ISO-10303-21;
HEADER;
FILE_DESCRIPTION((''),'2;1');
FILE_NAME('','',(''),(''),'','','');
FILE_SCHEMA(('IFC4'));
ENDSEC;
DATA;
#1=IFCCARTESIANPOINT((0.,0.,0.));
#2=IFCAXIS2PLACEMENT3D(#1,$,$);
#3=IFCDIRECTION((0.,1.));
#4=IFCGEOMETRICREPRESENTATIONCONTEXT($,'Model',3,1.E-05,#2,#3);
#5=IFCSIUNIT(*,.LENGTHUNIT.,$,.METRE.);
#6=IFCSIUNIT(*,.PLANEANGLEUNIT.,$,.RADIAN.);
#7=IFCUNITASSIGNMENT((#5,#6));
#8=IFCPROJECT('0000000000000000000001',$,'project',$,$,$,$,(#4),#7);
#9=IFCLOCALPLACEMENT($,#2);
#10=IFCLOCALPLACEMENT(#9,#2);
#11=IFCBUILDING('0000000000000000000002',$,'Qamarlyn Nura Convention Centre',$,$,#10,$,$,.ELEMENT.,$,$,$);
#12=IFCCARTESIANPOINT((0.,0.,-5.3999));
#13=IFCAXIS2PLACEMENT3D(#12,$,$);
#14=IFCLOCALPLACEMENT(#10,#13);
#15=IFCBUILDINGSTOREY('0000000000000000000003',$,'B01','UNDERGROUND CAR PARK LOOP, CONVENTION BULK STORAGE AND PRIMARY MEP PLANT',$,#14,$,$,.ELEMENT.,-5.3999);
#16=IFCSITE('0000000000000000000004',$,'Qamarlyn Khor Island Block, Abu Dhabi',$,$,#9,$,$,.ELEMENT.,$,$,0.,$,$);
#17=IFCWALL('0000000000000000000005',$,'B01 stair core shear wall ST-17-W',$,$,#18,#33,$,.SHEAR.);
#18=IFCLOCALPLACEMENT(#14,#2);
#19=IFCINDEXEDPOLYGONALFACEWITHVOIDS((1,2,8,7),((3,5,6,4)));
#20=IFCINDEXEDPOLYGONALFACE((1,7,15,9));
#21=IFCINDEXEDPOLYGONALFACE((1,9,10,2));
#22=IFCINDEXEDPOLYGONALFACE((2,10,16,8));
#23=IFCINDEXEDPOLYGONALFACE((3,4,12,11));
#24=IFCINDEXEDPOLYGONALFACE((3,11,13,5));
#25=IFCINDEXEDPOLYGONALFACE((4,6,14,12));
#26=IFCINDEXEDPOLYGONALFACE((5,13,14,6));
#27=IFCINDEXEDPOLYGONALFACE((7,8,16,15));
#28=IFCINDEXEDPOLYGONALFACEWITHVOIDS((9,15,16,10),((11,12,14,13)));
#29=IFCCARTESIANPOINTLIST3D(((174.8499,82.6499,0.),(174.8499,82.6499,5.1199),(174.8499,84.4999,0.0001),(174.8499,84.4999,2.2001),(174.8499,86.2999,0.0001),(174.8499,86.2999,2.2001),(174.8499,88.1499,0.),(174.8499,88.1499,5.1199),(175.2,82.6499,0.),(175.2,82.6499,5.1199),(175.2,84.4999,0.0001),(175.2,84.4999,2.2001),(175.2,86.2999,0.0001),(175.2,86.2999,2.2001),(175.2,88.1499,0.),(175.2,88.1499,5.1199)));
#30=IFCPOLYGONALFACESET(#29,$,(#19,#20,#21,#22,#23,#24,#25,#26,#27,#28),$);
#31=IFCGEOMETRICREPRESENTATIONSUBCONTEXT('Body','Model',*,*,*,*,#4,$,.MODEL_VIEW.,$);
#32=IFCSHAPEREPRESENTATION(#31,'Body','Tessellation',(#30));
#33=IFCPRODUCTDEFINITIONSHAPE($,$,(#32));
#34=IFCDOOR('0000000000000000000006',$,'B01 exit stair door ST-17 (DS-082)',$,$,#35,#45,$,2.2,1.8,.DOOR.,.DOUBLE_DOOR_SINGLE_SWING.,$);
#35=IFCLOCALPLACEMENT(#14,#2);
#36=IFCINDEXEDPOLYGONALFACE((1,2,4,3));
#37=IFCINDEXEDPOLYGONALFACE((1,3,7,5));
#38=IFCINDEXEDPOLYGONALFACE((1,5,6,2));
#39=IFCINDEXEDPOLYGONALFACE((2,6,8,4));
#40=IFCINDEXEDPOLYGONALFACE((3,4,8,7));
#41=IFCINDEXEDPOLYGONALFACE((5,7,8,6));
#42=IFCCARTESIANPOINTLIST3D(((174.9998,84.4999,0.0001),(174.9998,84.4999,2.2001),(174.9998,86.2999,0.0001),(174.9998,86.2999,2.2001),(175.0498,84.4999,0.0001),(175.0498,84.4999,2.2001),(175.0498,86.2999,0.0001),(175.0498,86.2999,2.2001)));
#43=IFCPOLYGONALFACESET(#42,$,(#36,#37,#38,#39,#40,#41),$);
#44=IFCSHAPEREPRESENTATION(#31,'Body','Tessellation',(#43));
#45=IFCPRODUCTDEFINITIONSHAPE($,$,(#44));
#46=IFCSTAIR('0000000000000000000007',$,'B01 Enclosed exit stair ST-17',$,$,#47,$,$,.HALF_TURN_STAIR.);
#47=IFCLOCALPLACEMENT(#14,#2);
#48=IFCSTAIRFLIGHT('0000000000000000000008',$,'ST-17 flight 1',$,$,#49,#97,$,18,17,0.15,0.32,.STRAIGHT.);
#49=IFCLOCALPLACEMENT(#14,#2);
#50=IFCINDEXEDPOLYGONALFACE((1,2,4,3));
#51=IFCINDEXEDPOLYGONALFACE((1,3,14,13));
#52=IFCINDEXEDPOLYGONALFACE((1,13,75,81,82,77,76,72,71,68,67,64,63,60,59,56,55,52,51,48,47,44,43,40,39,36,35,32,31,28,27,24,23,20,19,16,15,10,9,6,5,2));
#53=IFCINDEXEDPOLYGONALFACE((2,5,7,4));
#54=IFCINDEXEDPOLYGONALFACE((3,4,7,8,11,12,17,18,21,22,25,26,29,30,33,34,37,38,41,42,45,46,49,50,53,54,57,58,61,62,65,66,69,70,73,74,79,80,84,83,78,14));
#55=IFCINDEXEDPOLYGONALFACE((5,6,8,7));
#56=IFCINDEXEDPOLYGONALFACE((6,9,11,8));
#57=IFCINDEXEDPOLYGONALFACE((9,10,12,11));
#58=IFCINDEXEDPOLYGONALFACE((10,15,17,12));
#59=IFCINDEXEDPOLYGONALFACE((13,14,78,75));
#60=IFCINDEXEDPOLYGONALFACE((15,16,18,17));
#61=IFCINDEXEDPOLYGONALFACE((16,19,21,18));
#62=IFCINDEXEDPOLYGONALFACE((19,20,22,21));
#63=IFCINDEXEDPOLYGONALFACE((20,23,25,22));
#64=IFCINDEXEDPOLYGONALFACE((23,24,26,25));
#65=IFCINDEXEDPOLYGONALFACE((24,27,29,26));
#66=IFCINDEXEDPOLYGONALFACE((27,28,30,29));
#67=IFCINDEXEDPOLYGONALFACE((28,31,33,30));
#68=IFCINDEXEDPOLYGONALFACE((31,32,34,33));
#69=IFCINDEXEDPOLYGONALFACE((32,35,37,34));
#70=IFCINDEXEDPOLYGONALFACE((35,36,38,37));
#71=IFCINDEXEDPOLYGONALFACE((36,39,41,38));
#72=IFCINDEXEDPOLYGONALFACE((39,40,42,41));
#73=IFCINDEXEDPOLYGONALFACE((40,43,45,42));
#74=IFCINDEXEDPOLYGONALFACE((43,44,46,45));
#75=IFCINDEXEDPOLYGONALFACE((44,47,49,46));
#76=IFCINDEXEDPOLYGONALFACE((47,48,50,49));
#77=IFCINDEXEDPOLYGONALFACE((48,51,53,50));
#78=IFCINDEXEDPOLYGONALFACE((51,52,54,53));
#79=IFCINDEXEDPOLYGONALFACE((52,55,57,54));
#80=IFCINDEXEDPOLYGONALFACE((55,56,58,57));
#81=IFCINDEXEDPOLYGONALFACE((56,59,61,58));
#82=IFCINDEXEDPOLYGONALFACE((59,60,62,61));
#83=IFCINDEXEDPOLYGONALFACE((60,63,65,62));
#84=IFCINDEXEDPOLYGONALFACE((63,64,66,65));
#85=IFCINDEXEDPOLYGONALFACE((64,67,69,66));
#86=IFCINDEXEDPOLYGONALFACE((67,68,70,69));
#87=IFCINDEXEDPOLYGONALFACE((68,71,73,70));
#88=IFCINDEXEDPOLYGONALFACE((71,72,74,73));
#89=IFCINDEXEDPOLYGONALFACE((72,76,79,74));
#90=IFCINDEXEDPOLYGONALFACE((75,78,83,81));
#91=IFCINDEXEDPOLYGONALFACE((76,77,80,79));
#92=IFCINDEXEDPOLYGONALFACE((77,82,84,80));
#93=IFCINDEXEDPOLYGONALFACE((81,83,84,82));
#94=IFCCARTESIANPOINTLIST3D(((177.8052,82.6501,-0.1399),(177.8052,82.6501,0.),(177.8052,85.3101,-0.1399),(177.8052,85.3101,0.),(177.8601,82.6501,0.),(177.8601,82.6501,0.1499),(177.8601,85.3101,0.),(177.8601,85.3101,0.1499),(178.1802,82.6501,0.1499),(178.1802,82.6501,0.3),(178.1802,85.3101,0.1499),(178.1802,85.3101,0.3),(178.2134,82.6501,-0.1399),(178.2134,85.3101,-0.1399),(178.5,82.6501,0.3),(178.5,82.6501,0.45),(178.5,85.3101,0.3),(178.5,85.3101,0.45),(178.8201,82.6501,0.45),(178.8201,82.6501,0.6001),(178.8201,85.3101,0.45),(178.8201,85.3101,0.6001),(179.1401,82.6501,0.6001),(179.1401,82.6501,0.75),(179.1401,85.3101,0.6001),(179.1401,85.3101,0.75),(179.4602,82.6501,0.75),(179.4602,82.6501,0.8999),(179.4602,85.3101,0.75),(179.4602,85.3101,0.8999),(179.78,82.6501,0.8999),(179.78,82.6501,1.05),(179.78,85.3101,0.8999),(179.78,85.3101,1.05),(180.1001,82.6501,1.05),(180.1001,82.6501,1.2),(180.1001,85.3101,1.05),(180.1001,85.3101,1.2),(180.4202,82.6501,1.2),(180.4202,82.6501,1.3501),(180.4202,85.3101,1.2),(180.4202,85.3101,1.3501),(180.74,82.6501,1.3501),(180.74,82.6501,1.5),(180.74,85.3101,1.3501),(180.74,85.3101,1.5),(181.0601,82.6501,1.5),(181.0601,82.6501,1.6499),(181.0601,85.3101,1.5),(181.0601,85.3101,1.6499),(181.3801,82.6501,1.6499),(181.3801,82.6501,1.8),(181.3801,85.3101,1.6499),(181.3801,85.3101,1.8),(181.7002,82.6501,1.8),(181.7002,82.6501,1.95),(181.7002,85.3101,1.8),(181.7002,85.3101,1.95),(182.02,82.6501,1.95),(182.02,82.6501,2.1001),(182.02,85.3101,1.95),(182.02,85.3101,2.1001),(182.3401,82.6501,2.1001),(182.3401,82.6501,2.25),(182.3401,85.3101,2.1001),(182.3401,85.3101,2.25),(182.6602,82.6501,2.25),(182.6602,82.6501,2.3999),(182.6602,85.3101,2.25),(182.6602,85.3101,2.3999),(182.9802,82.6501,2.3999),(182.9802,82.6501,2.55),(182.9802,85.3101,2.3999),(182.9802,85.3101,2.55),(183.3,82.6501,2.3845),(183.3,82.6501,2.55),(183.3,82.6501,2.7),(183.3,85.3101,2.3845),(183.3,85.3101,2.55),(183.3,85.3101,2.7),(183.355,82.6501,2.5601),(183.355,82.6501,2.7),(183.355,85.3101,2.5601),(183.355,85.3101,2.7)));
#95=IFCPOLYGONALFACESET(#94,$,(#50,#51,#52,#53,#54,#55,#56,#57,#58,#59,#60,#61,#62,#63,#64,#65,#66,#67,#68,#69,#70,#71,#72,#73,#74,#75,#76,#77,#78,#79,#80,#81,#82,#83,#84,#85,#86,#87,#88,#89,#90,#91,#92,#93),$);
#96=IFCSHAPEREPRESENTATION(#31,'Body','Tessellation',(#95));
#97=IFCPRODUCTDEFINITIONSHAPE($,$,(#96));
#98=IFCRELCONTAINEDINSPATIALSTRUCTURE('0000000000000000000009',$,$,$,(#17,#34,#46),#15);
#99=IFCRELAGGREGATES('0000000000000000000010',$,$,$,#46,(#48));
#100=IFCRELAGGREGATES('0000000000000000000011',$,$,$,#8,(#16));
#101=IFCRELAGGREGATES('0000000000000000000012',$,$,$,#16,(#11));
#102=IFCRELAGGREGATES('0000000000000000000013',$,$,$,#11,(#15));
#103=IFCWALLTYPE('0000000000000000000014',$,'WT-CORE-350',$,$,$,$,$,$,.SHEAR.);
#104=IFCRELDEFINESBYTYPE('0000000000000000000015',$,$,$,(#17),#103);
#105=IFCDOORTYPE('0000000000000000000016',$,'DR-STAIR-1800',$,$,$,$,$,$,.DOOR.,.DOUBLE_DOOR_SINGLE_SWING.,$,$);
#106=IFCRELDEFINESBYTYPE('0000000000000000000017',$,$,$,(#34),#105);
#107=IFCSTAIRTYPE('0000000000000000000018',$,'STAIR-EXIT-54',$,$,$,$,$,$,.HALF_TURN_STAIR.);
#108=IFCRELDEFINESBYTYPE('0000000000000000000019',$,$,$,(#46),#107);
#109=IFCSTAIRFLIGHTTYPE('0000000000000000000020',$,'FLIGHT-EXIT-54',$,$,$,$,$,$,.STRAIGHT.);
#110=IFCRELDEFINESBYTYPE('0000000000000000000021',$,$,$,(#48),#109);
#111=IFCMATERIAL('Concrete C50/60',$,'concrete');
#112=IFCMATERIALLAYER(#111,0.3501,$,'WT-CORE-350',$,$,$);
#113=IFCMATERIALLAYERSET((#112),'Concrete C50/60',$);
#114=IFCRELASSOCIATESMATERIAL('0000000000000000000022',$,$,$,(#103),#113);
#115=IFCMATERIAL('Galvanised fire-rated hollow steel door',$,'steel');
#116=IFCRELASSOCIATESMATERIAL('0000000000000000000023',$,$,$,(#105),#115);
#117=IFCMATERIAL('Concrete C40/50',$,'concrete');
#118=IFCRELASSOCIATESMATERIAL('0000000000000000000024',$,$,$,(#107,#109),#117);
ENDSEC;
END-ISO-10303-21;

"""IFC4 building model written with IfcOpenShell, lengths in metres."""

from ifc_helpers import new_model, si_unit, direction, frame, frame_2d, origin, place, context, subcontext, project, spatial, polyline, rectangle, outline, extrude, material, layer, layer_set, type_object, element, fill, aggregate, save


model = new_model("IFC4")

# Units and contexts
model_context = context("Model", 3, precision=1e-05, world=origin(), true_north=direction((0.0, 1.0)))
body_context = subcontext(model_context, "Body", "Model", "MODEL_VIEW")
ifc_project = project(units=[si_unit("LENGTHUNIT", "METRE"), si_unit("PLANEANGLEUNIT", "RADIAN")], contexts=[model_context])

# Site, building, storey
site_placement = place(None, origin())
site = spatial("IfcSite", under=ifc_project, at=site_placement, Name="Qamarlyn Khor Island Block, Abu Dhabi", CompositionType="ELEMENT", RefElevation=0.0)
building_placement = place(site_placement, origin())
building = spatial("IfcBuilding", under=site, at=building_placement, Name="Qamarlyn Nura Convention Centre", CompositionType="ELEMENT")
storey_placement = place(building_placement, frame((0.0, 0.0, -5.3999)))
storey = spatial("IfcBuildingStorey", under=building, at=storey_placement, Name="B01", Description="UNDERGROUND CAR PARK LOOP, CONVENTION BULK STORAGE AND PRIMARY MEP PLANT", CompositionType="ELEMENT", Elevation=-5.3999)

# Shared definitions
ifc_material_1 = material(Name="Concrete C40/50", Category="concrete")

# Shared definitions
ifc_material_2 = material(Name="Concrete C50/60", Category="concrete")
ifc_layer = layer(ifc_material_2, 0.3501, Name="WT-CORE-350")
ifc_layer_set = layer_set([ifc_layer], Name="Concrete C50/60")
wall_type = type_object("IfcWallType", Name="WT-CORE-350", PredefinedType="SHEAR", material=ifc_layer_set)
ifc_material_3 = material(Name="Galvanised fire-rated hollow steel door", Category="steel")
door_type = type_object("IfcDoorType", Name="DR-STAIR-1800", OperationType="DOUBLE_DOOR_SINGLE_SWING", PredefinedType="DOOR", material=ifc_material_3)

# Wall, opening, door
wall_1_placement = place(storey_placement, frame((175.0249, 88.1499, 0.0), z_axis=(0.0, 0.0, 1.0), x_axis=(0.0, -1.0, 0.0)))
wall_1 = element("IfcWall", 1, at=wall_1_placement, inside=storey, type_object=wall_type, Name="B01 stair core shear wall ST-17-W", PredefinedType="SHEAR", context=body_context, shape_type="SweptSolid", body=[
    extrude(rectangle(XDim=5.5, YDim=0.3501, at=frame_2d((2.75, 0.0))), origin(), (0.0, 0.0, 1.0), 5.1199),
])
opening_1_placement = place(wall_1_placement, frame((1.8501, 0.0, 0.0)))
opening_1 = element("IfcOpeningElement", 2, at=opening_1_placement, cuts=wall_1, PredefinedType="OPENING", context=body_context, shape_type="SweptSolid", body=[
    extrude(rectangle(XDim=1.8, YDim=2.2, at=frame_2d((0.8999, 1.1001))), frame((0.0, 0.1851, 0.0), z_axis=(0.0, -1.0, 0.0), x_axis=(1.0, 0.0, 0.0)), (0.0, 0.0, 1.0), 0.3701),
])
door_1_placement = place(opening_1_placement, origin())
door_1 = element("IfcDoor", 3, at=door_1_placement, inside=storey, type_object=door_type, Name="B01 exit stair door ST-17 (DS-082)", OperationType="DOUBLE_DOOR_SINGLE_SWING", OverallHeight=2.2, OverallWidth=1.8, PredefinedType="DOOR", context=body_context, shape_type="SweptSolid", body=[
    extrude(rectangle(XDim=1.8, YDim=2.2, at=frame_2d((0.8999, 1.1001))), frame((0.0, 0.0249, 0.0), z_axis=(0.0, -1.0, 0.0), x_axis=(1.0, 0.0, 0.0)), (0.0, 0.0, 1.0), 0.05),
])
fill(opening_1, door_1)

# Stair, stair flight
stair_type = type_object("IfcStairType", Name="STAIR-EXIT-54", PredefinedType="HALF_TURN_STAIR", material=ifc_material_1)
stair_placement = place(storey_placement, origin())
stair = element("IfcStair", 4, at=stair_placement, inside=storey, type_object=stair_type, Name="B01 Enclosed exit stair ST-17", PredefinedType="HALF_TURN_STAIR")
stair_flight_type = type_object("IfcStairFlightType", Name="FLIGHT-EXIT-54", PredefinedType="STRAIGHT", material=ifc_material_1)
stair_flight_placement = place(storey_placement, frame((177.8601, 83.98, 0.0), z_axis=(0.0, 0.0, 1.0), x_axis=(1.0, 0.0, 0.0)))
stair_flight = element("IfcStairFlight", 5, at=stair_flight_placement, type_object=stair_flight_type, Name="ST-17 flight 1", NumberOfRisers=18, NumberOfTreads=17, PredefinedType="STRAIGHT", RiserHeight=0.15, TreadLength=0.32, context=body_context, shape_type="SweptSolid", body=[
    extrude(outline(polyline([(-0.0549, 0.0), (0.0, 0.0), (0.0, 0.1499), (0.3201, 0.1499), (0.3201, 0.3), (0.6399, 0.3), (0.6399, 0.45), (0.96, 0.45), (0.96, 0.6001), (1.28, 0.6001), (1.28, 0.75), (1.6001, 0.75), (1.6001, 0.8999), (1.9199, 0.8999), (1.9199, 1.05), (2.24, 1.05), (2.24, 1.2), (2.5601, 1.2), (2.5601, 1.3501), (2.8799, 1.3501), (2.8799, 1.5), (3.2, 1.5), (3.2, 1.6499), (3.52, 1.6499), (3.52, 1.8), (3.8401, 1.8), (3.8401, 1.95), (4.1599, 1.95), (4.1599, 2.1001), (4.48, 2.1001), (4.48, 2.25), (4.8, 2.25), (4.8, 2.3999), (5.1201, 2.3999), (5.1201, 2.55), (5.4399, 2.55), (5.4399, 2.7), (5.4949, 2.7), (5.4949, 2.5601), (5.4399, 2.3845), (0.3533, -0.1399), (-0.0549, -0.1399), (-0.0549, 0.0)])), frame((0.0, 1.3301, 0.0), z_axis=(0.0, -1.0, 0.0), x_axis=(1.0, 0.0, 0.0)), (0.0, 0.0, 1.0), 2.6599),
])
aggregate(stair, [stair_flight])

save(model, "model.ifc")
